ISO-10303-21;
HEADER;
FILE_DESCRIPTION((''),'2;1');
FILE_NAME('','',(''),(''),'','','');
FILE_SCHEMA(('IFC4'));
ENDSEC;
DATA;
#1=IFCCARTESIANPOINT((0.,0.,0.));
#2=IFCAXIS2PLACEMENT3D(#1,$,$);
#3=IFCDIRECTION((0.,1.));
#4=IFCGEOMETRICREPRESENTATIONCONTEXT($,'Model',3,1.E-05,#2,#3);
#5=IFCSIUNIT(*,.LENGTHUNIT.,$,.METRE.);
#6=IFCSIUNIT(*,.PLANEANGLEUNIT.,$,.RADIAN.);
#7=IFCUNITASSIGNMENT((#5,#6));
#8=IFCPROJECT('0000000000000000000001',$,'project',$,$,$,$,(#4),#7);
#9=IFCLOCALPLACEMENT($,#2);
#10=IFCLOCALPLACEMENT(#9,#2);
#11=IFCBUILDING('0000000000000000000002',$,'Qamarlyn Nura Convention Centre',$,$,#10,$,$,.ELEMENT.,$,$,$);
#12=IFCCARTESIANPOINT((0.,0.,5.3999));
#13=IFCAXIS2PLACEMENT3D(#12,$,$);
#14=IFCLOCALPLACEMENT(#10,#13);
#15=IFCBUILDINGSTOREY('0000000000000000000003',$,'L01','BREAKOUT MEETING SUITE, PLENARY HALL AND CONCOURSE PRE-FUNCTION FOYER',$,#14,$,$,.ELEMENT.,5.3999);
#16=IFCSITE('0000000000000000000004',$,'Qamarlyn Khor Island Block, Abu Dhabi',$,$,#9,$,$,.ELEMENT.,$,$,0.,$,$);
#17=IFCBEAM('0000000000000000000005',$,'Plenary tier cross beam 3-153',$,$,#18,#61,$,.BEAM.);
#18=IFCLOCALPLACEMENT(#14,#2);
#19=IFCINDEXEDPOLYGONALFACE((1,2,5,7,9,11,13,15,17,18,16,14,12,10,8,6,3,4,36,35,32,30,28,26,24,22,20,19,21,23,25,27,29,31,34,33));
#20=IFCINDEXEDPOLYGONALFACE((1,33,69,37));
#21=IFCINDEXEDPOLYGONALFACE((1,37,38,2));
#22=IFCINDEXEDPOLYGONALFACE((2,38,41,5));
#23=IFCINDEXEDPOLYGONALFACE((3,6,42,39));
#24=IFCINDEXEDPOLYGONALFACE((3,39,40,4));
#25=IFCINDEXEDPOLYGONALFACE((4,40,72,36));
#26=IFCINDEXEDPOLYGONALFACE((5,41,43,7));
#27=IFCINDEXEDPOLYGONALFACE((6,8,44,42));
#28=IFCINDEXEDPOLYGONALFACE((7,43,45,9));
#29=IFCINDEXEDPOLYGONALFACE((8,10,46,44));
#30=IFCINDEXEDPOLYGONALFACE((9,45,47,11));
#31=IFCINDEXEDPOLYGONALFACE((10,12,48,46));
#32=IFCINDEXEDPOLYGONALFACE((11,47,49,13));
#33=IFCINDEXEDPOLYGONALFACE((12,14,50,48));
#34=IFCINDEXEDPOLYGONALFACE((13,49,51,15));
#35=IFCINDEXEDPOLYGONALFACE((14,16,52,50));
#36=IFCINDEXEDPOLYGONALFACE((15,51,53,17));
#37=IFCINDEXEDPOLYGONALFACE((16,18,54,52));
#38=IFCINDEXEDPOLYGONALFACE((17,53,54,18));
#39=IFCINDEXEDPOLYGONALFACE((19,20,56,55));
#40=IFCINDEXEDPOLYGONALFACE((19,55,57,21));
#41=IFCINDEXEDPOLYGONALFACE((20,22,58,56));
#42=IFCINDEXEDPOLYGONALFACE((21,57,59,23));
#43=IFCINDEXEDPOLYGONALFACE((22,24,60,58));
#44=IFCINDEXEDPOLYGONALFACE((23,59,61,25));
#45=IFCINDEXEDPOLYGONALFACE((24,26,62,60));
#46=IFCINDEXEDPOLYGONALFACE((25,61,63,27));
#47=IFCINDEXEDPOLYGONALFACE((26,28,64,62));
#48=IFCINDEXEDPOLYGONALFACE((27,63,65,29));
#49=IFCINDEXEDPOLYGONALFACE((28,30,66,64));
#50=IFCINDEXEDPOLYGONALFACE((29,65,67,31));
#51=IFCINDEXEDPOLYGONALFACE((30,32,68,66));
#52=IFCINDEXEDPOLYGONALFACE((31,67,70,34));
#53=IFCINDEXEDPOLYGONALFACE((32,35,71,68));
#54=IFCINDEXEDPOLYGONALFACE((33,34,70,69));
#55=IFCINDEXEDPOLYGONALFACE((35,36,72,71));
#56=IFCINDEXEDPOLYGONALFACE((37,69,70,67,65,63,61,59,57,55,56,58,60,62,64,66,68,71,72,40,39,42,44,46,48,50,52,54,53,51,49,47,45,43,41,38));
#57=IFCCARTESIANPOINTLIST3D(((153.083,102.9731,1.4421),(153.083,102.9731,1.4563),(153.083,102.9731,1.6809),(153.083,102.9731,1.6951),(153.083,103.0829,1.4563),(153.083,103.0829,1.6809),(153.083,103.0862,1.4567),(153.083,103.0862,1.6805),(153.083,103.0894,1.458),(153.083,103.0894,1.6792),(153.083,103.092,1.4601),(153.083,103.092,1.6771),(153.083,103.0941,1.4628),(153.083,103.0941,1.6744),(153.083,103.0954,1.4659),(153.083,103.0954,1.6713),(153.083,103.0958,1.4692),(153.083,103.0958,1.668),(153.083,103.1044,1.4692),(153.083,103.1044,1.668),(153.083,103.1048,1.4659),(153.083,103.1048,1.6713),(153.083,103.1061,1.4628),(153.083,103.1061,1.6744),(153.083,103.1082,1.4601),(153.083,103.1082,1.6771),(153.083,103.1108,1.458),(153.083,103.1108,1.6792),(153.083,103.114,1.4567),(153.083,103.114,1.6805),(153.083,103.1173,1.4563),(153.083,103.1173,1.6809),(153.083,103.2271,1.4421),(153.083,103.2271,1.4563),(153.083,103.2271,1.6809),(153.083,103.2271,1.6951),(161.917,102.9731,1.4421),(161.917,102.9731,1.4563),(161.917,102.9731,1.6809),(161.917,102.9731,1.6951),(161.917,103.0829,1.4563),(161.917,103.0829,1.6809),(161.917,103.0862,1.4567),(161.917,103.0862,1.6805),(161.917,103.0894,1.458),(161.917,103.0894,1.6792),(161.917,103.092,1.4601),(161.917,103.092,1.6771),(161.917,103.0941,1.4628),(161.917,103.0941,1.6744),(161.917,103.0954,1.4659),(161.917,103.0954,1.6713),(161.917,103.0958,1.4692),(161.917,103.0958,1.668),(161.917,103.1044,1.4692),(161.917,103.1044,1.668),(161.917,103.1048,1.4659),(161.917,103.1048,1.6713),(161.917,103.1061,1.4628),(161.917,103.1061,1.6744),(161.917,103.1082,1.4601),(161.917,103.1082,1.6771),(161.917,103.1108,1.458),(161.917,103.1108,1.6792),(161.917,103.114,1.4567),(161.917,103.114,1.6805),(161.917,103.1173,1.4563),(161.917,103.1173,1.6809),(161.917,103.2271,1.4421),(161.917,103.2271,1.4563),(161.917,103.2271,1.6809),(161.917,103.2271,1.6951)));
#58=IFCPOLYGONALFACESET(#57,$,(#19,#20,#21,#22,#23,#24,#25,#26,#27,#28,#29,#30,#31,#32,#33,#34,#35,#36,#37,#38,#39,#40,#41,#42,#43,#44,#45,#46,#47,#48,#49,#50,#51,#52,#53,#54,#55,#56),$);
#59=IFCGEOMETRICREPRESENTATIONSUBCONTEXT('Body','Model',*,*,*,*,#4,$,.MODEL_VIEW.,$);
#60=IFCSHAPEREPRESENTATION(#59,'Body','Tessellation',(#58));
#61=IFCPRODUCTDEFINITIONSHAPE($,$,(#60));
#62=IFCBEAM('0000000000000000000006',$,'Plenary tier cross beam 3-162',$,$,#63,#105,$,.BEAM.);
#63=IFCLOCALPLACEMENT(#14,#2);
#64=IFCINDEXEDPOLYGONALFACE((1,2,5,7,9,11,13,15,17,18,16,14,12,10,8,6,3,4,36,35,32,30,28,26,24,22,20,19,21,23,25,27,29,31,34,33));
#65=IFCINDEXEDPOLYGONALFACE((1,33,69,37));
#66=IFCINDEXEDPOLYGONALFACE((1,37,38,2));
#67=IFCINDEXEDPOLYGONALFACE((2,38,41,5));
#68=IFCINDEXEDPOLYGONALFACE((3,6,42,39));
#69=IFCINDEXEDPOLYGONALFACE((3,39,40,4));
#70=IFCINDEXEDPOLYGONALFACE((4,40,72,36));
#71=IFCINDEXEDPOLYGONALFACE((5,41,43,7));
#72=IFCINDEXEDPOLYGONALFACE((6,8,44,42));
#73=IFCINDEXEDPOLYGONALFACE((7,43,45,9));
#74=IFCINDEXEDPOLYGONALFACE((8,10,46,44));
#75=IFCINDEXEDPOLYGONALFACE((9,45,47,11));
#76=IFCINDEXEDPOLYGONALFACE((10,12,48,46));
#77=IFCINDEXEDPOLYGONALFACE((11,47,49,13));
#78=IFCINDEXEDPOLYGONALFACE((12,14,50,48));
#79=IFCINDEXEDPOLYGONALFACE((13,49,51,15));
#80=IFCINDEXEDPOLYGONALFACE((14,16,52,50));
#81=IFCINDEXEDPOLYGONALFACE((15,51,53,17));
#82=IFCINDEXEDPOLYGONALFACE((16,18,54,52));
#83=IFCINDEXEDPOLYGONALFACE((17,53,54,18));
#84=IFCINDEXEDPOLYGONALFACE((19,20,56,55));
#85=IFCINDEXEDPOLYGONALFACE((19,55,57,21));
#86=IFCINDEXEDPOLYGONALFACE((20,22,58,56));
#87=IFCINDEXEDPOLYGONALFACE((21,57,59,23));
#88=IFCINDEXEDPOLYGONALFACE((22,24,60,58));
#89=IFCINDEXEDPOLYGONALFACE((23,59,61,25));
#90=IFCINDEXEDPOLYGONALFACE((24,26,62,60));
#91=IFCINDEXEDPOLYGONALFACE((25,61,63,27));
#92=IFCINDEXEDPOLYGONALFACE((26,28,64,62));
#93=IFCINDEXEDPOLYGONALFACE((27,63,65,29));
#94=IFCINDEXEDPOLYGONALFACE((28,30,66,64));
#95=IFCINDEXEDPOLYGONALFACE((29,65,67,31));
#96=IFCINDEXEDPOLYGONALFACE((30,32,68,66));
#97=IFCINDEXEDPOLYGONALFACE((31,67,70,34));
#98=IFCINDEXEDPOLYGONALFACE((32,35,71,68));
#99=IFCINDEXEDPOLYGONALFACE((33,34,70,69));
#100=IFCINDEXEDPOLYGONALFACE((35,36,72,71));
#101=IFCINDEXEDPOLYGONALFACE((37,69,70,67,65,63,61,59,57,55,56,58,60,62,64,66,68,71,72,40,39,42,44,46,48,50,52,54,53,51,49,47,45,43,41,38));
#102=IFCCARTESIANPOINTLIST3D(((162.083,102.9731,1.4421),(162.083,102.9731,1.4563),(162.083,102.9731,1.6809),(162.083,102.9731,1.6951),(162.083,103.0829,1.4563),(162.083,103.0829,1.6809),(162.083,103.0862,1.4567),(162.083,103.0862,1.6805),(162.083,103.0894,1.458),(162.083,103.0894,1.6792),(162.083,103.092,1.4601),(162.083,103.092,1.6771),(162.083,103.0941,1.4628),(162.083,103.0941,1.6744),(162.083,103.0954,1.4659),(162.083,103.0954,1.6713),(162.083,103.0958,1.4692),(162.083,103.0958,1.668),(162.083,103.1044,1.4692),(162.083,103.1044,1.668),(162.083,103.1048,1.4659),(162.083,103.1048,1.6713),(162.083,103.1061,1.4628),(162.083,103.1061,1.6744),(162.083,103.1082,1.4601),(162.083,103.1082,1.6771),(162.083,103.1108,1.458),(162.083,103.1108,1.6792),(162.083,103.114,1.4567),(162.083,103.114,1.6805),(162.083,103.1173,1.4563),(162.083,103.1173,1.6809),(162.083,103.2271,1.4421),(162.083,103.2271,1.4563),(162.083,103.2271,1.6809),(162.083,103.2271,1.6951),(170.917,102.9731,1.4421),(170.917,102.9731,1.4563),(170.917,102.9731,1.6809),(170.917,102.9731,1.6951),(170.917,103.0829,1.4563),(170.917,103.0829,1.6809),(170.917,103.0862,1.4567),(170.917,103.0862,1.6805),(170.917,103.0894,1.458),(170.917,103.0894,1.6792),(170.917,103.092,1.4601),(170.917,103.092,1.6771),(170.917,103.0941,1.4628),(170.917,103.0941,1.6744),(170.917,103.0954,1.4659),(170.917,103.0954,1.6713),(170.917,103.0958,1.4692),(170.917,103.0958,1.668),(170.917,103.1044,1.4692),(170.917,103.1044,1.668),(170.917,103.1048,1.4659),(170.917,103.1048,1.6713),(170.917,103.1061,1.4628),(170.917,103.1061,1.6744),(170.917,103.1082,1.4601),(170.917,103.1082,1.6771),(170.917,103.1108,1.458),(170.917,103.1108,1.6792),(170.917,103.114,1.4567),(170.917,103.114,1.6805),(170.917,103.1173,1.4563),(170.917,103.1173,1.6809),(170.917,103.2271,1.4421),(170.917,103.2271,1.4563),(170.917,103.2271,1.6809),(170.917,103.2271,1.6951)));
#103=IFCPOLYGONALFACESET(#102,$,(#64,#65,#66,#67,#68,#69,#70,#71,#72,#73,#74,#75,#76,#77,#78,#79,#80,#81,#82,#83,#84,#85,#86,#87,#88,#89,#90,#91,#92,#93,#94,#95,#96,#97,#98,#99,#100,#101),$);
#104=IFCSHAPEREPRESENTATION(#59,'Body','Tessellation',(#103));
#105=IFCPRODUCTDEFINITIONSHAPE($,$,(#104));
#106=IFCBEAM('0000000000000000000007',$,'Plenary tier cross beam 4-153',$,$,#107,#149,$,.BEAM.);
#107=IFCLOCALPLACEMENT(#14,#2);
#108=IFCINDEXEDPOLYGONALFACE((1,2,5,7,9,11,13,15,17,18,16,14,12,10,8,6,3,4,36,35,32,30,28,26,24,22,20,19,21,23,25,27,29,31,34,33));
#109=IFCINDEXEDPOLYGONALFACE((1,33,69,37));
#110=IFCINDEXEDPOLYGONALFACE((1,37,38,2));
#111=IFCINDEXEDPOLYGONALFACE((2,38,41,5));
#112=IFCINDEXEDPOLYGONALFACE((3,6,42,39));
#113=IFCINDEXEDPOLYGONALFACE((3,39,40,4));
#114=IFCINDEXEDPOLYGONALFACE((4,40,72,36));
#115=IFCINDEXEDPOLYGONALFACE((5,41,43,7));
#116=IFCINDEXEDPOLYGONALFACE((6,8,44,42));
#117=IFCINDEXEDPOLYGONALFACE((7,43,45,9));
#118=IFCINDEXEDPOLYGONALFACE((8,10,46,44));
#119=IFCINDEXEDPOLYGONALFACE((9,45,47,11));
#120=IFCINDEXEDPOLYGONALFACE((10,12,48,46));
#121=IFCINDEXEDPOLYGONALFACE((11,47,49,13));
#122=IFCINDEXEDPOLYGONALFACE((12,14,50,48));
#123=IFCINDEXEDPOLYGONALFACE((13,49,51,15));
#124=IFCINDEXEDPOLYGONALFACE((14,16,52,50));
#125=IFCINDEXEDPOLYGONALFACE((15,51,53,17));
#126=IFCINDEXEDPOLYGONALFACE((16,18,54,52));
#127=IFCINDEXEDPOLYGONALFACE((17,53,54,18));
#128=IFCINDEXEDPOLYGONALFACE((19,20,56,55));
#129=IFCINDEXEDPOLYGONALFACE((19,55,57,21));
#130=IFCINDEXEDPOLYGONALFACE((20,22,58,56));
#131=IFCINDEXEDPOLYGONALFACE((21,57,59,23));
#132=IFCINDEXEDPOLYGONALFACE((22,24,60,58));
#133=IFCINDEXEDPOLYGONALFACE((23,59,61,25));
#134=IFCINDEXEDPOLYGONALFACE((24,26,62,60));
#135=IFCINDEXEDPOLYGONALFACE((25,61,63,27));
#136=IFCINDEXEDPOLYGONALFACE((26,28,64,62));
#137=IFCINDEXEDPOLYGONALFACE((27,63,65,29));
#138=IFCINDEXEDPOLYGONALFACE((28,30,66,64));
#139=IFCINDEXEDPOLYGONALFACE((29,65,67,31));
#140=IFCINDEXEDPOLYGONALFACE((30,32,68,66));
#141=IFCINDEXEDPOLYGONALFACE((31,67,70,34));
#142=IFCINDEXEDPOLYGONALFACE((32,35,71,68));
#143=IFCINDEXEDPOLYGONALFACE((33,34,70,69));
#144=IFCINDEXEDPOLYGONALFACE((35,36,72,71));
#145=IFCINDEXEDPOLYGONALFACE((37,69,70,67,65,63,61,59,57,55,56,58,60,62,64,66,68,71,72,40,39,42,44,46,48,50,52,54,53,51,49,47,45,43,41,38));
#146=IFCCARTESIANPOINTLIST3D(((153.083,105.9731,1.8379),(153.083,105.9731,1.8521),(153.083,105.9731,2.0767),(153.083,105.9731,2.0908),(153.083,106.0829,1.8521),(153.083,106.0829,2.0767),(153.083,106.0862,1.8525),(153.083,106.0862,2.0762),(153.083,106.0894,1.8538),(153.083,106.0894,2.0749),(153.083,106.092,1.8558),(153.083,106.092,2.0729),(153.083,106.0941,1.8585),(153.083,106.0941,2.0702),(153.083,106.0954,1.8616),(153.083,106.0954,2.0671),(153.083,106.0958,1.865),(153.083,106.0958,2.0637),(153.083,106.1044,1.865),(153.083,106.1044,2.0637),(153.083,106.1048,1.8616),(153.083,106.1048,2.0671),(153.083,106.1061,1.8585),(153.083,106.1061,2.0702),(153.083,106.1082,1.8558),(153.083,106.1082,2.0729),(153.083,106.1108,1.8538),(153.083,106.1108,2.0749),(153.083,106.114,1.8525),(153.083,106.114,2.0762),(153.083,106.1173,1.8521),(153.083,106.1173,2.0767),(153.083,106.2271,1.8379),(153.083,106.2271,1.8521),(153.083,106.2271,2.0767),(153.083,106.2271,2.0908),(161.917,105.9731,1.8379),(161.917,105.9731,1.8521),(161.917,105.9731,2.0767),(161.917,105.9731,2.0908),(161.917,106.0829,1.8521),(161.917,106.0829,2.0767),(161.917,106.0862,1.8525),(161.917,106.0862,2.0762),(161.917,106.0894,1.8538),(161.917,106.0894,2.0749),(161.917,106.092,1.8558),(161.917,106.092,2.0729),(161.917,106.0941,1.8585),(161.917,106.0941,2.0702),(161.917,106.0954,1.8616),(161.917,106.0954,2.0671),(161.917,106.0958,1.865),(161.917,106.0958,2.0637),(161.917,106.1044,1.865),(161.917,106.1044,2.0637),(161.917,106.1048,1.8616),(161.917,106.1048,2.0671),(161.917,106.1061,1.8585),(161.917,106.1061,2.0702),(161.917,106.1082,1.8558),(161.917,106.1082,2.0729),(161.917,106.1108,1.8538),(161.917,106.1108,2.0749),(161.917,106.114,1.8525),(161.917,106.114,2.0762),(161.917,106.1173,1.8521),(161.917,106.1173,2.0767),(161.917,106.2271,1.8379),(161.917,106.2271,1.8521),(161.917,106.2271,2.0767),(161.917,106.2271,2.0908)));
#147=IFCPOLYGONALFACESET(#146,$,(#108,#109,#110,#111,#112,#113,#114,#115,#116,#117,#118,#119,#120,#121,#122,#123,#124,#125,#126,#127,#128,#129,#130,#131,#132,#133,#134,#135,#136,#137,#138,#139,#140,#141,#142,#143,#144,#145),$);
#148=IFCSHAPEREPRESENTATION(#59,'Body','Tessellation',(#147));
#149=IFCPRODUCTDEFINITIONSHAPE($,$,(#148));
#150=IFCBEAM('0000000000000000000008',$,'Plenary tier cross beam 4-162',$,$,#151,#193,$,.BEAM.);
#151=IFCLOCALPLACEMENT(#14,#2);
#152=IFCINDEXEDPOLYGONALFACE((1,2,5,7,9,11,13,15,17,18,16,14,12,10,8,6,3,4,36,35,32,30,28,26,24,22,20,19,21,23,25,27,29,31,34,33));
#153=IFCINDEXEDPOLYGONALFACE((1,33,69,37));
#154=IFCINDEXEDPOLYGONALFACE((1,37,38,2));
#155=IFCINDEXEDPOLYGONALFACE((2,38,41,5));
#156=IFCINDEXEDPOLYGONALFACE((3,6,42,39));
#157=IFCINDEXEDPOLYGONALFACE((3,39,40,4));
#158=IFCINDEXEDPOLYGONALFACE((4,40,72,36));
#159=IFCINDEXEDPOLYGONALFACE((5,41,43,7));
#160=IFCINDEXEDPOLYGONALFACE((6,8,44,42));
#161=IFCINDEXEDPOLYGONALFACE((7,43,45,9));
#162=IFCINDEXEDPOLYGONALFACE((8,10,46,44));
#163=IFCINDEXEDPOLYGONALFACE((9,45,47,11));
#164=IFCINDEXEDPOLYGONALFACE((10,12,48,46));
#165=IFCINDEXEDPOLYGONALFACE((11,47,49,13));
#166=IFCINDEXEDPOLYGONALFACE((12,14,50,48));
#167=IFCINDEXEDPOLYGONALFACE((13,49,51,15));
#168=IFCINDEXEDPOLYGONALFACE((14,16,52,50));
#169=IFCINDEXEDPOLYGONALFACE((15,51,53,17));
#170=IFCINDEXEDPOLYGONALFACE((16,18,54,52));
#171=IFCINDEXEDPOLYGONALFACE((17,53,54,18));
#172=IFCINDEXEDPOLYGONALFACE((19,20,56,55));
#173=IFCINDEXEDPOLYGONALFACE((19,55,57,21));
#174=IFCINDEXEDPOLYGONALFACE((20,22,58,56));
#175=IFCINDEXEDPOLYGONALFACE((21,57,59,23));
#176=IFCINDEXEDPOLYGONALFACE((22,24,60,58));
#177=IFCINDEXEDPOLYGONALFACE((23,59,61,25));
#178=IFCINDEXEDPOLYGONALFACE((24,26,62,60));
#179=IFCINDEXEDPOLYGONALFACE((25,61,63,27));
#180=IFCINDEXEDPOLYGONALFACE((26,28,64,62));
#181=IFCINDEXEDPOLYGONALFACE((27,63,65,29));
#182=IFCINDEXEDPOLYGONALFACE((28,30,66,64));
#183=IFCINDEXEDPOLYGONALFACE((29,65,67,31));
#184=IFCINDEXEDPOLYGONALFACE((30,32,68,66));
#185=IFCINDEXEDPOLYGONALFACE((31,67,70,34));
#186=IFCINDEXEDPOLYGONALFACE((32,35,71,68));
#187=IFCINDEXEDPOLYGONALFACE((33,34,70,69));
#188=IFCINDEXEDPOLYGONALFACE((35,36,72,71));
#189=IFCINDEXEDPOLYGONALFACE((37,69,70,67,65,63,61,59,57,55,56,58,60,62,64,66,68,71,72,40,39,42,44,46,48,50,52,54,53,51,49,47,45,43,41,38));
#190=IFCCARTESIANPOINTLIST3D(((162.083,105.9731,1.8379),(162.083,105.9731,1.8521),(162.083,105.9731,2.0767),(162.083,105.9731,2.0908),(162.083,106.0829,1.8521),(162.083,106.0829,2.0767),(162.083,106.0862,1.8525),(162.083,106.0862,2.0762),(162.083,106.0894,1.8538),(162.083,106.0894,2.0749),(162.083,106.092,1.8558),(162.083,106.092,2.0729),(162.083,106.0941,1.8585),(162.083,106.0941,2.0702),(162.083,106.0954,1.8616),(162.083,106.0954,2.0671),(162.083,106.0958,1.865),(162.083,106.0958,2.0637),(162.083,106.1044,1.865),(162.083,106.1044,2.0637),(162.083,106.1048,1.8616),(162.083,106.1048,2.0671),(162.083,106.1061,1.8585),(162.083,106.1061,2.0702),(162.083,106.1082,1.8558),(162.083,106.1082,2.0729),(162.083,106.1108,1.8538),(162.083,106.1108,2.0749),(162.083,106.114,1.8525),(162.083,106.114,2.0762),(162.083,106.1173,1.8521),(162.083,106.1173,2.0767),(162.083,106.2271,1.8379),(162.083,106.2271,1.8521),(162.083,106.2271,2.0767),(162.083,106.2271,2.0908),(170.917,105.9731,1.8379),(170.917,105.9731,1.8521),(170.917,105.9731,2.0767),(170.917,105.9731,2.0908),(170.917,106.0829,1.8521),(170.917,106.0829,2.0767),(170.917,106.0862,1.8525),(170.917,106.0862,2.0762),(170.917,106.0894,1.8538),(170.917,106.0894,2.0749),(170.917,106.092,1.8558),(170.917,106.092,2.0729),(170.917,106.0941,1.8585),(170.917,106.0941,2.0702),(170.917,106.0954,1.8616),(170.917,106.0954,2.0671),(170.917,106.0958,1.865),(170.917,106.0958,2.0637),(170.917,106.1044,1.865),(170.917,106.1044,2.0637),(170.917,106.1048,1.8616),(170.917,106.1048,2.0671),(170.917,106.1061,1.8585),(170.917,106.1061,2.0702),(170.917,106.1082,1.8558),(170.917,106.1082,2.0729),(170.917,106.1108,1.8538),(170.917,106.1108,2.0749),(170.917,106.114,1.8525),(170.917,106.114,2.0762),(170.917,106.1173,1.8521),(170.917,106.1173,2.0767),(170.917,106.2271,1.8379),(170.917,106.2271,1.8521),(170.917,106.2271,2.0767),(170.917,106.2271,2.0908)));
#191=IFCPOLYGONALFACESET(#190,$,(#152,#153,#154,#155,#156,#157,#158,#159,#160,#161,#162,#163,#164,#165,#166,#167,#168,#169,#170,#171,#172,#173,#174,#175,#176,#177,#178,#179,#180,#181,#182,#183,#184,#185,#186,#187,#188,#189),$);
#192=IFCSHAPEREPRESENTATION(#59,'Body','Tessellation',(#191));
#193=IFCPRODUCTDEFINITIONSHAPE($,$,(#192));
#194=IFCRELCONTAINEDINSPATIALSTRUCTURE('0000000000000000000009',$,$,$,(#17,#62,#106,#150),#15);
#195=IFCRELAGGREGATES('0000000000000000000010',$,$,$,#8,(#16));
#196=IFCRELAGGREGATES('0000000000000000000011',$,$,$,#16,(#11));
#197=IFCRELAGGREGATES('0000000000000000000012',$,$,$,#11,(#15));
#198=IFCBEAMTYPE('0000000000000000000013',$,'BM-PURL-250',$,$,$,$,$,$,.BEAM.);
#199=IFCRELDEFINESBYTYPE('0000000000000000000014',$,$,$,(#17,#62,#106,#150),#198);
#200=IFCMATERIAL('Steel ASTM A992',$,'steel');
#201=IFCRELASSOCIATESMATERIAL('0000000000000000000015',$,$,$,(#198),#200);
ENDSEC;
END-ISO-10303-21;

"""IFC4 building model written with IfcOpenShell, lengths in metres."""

from ifc_helpers import new_model, si_unit, direction, frame, origin, origin_2d, place, context, subcontext, project, spatial, i_section, extrude, material, material_profile, profile_set, type_object, element, save


model = new_model("IFC4")

# Units and contexts
model_context = context("Model", 3, precision=1e-05, world=origin(), true_north=direction((0.0, 1.0)))
body_context = subcontext(model_context, "Body", "Model", "MODEL_VIEW")
ifc_project = project(units=[si_unit("LENGTHUNIT", "METRE"), si_unit("PLANEANGLEUNIT", "RADIAN")], contexts=[model_context])

# Site, building, storey
site_placement = place(None, origin())
site = spatial("IfcSite", under=ifc_project, at=site_placement, Name="Qamarlyn Khor Island Block, Abu Dhabi", CompositionType="ELEMENT", RefElevation=0.0)
building_placement = place(site_placement, origin())
building = spatial("IfcBuilding", under=site, at=building_placement, Name="Qamarlyn Nura Convention Centre", CompositionType="ELEMENT")
storey_placement = place(building_placement, frame((0.0, 0.0, 5.3999)))
storey = spatial("IfcBuildingStorey", under=building, at=storey_placement, Name="L01", Description="BREAKOUT MEETING SUITE, PLENARY HALL AND CONCOURSE PRE-FUNCTION FOYER", CompositionType="ELEMENT", Elevation=5.3999)

# Beams
ifc_material_1 = material(Name="Steel ASTM A992", Category="steel")
ifc_material_profile = material_profile(ifc_material_1, i_section(OverallWidth=0.2539, OverallDepth=0.2529, WebThickness=0.0085, FlangeThickness=0.0142, FilletRadius=0.0129, at=origin_2d()), Name="W250X73")
ifc_profile_set = profile_set([ifc_material_profile], Name="Steel ASTM A992")
beam_type = type_object("IfcBeamType", Name="BM-PURL-250", PredefinedType="BEAM", material=ifc_profile_set)
for number, where, z_axis, x_axis, name in (
    (1, (153.083, 103.1001, 1.5686), (1.0, 0.0, 0.0), (0.0, 1.0, 0.0), "Plenary tier cross beam 3-153"),
    (2, (162.083, 103.1001, 1.5686), (1.0, 0.0, 0.0), (0.0, 1.0, 0.0), "Plenary tier cross beam 3-162"),
    (3, (153.083, 106.1001, 1.9644), (1.0, 0.0, 0.0), (0.0, 1.0, 0.0), "Plenary tier cross beam 4-153"),
    (4, (162.083, 106.1001, 1.9644), (1.0, 0.0, 0.0), (0.0, 1.0, 0.0), "Plenary tier cross beam 4-162"),
):
    element("IfcBeam", number, at=place(storey_placement, frame(where, z_axis=z_axis, x_axis=x_axis)), inside=storey, type_object=beam_type, Name=name, PredefinedType="BEAM", context=body_context, shape_type="SweptSolid", body=[
        extrude(i_section(OverallWidth=0.2539, OverallDepth=0.2529, WebThickness=0.0085, FlangeThickness=0.0142, FilletRadius=0.0129, at=origin_2d()), origin(), (0.0, 0.0, 1.0), 8.834),
    ])

save(model, "model.ifc")
